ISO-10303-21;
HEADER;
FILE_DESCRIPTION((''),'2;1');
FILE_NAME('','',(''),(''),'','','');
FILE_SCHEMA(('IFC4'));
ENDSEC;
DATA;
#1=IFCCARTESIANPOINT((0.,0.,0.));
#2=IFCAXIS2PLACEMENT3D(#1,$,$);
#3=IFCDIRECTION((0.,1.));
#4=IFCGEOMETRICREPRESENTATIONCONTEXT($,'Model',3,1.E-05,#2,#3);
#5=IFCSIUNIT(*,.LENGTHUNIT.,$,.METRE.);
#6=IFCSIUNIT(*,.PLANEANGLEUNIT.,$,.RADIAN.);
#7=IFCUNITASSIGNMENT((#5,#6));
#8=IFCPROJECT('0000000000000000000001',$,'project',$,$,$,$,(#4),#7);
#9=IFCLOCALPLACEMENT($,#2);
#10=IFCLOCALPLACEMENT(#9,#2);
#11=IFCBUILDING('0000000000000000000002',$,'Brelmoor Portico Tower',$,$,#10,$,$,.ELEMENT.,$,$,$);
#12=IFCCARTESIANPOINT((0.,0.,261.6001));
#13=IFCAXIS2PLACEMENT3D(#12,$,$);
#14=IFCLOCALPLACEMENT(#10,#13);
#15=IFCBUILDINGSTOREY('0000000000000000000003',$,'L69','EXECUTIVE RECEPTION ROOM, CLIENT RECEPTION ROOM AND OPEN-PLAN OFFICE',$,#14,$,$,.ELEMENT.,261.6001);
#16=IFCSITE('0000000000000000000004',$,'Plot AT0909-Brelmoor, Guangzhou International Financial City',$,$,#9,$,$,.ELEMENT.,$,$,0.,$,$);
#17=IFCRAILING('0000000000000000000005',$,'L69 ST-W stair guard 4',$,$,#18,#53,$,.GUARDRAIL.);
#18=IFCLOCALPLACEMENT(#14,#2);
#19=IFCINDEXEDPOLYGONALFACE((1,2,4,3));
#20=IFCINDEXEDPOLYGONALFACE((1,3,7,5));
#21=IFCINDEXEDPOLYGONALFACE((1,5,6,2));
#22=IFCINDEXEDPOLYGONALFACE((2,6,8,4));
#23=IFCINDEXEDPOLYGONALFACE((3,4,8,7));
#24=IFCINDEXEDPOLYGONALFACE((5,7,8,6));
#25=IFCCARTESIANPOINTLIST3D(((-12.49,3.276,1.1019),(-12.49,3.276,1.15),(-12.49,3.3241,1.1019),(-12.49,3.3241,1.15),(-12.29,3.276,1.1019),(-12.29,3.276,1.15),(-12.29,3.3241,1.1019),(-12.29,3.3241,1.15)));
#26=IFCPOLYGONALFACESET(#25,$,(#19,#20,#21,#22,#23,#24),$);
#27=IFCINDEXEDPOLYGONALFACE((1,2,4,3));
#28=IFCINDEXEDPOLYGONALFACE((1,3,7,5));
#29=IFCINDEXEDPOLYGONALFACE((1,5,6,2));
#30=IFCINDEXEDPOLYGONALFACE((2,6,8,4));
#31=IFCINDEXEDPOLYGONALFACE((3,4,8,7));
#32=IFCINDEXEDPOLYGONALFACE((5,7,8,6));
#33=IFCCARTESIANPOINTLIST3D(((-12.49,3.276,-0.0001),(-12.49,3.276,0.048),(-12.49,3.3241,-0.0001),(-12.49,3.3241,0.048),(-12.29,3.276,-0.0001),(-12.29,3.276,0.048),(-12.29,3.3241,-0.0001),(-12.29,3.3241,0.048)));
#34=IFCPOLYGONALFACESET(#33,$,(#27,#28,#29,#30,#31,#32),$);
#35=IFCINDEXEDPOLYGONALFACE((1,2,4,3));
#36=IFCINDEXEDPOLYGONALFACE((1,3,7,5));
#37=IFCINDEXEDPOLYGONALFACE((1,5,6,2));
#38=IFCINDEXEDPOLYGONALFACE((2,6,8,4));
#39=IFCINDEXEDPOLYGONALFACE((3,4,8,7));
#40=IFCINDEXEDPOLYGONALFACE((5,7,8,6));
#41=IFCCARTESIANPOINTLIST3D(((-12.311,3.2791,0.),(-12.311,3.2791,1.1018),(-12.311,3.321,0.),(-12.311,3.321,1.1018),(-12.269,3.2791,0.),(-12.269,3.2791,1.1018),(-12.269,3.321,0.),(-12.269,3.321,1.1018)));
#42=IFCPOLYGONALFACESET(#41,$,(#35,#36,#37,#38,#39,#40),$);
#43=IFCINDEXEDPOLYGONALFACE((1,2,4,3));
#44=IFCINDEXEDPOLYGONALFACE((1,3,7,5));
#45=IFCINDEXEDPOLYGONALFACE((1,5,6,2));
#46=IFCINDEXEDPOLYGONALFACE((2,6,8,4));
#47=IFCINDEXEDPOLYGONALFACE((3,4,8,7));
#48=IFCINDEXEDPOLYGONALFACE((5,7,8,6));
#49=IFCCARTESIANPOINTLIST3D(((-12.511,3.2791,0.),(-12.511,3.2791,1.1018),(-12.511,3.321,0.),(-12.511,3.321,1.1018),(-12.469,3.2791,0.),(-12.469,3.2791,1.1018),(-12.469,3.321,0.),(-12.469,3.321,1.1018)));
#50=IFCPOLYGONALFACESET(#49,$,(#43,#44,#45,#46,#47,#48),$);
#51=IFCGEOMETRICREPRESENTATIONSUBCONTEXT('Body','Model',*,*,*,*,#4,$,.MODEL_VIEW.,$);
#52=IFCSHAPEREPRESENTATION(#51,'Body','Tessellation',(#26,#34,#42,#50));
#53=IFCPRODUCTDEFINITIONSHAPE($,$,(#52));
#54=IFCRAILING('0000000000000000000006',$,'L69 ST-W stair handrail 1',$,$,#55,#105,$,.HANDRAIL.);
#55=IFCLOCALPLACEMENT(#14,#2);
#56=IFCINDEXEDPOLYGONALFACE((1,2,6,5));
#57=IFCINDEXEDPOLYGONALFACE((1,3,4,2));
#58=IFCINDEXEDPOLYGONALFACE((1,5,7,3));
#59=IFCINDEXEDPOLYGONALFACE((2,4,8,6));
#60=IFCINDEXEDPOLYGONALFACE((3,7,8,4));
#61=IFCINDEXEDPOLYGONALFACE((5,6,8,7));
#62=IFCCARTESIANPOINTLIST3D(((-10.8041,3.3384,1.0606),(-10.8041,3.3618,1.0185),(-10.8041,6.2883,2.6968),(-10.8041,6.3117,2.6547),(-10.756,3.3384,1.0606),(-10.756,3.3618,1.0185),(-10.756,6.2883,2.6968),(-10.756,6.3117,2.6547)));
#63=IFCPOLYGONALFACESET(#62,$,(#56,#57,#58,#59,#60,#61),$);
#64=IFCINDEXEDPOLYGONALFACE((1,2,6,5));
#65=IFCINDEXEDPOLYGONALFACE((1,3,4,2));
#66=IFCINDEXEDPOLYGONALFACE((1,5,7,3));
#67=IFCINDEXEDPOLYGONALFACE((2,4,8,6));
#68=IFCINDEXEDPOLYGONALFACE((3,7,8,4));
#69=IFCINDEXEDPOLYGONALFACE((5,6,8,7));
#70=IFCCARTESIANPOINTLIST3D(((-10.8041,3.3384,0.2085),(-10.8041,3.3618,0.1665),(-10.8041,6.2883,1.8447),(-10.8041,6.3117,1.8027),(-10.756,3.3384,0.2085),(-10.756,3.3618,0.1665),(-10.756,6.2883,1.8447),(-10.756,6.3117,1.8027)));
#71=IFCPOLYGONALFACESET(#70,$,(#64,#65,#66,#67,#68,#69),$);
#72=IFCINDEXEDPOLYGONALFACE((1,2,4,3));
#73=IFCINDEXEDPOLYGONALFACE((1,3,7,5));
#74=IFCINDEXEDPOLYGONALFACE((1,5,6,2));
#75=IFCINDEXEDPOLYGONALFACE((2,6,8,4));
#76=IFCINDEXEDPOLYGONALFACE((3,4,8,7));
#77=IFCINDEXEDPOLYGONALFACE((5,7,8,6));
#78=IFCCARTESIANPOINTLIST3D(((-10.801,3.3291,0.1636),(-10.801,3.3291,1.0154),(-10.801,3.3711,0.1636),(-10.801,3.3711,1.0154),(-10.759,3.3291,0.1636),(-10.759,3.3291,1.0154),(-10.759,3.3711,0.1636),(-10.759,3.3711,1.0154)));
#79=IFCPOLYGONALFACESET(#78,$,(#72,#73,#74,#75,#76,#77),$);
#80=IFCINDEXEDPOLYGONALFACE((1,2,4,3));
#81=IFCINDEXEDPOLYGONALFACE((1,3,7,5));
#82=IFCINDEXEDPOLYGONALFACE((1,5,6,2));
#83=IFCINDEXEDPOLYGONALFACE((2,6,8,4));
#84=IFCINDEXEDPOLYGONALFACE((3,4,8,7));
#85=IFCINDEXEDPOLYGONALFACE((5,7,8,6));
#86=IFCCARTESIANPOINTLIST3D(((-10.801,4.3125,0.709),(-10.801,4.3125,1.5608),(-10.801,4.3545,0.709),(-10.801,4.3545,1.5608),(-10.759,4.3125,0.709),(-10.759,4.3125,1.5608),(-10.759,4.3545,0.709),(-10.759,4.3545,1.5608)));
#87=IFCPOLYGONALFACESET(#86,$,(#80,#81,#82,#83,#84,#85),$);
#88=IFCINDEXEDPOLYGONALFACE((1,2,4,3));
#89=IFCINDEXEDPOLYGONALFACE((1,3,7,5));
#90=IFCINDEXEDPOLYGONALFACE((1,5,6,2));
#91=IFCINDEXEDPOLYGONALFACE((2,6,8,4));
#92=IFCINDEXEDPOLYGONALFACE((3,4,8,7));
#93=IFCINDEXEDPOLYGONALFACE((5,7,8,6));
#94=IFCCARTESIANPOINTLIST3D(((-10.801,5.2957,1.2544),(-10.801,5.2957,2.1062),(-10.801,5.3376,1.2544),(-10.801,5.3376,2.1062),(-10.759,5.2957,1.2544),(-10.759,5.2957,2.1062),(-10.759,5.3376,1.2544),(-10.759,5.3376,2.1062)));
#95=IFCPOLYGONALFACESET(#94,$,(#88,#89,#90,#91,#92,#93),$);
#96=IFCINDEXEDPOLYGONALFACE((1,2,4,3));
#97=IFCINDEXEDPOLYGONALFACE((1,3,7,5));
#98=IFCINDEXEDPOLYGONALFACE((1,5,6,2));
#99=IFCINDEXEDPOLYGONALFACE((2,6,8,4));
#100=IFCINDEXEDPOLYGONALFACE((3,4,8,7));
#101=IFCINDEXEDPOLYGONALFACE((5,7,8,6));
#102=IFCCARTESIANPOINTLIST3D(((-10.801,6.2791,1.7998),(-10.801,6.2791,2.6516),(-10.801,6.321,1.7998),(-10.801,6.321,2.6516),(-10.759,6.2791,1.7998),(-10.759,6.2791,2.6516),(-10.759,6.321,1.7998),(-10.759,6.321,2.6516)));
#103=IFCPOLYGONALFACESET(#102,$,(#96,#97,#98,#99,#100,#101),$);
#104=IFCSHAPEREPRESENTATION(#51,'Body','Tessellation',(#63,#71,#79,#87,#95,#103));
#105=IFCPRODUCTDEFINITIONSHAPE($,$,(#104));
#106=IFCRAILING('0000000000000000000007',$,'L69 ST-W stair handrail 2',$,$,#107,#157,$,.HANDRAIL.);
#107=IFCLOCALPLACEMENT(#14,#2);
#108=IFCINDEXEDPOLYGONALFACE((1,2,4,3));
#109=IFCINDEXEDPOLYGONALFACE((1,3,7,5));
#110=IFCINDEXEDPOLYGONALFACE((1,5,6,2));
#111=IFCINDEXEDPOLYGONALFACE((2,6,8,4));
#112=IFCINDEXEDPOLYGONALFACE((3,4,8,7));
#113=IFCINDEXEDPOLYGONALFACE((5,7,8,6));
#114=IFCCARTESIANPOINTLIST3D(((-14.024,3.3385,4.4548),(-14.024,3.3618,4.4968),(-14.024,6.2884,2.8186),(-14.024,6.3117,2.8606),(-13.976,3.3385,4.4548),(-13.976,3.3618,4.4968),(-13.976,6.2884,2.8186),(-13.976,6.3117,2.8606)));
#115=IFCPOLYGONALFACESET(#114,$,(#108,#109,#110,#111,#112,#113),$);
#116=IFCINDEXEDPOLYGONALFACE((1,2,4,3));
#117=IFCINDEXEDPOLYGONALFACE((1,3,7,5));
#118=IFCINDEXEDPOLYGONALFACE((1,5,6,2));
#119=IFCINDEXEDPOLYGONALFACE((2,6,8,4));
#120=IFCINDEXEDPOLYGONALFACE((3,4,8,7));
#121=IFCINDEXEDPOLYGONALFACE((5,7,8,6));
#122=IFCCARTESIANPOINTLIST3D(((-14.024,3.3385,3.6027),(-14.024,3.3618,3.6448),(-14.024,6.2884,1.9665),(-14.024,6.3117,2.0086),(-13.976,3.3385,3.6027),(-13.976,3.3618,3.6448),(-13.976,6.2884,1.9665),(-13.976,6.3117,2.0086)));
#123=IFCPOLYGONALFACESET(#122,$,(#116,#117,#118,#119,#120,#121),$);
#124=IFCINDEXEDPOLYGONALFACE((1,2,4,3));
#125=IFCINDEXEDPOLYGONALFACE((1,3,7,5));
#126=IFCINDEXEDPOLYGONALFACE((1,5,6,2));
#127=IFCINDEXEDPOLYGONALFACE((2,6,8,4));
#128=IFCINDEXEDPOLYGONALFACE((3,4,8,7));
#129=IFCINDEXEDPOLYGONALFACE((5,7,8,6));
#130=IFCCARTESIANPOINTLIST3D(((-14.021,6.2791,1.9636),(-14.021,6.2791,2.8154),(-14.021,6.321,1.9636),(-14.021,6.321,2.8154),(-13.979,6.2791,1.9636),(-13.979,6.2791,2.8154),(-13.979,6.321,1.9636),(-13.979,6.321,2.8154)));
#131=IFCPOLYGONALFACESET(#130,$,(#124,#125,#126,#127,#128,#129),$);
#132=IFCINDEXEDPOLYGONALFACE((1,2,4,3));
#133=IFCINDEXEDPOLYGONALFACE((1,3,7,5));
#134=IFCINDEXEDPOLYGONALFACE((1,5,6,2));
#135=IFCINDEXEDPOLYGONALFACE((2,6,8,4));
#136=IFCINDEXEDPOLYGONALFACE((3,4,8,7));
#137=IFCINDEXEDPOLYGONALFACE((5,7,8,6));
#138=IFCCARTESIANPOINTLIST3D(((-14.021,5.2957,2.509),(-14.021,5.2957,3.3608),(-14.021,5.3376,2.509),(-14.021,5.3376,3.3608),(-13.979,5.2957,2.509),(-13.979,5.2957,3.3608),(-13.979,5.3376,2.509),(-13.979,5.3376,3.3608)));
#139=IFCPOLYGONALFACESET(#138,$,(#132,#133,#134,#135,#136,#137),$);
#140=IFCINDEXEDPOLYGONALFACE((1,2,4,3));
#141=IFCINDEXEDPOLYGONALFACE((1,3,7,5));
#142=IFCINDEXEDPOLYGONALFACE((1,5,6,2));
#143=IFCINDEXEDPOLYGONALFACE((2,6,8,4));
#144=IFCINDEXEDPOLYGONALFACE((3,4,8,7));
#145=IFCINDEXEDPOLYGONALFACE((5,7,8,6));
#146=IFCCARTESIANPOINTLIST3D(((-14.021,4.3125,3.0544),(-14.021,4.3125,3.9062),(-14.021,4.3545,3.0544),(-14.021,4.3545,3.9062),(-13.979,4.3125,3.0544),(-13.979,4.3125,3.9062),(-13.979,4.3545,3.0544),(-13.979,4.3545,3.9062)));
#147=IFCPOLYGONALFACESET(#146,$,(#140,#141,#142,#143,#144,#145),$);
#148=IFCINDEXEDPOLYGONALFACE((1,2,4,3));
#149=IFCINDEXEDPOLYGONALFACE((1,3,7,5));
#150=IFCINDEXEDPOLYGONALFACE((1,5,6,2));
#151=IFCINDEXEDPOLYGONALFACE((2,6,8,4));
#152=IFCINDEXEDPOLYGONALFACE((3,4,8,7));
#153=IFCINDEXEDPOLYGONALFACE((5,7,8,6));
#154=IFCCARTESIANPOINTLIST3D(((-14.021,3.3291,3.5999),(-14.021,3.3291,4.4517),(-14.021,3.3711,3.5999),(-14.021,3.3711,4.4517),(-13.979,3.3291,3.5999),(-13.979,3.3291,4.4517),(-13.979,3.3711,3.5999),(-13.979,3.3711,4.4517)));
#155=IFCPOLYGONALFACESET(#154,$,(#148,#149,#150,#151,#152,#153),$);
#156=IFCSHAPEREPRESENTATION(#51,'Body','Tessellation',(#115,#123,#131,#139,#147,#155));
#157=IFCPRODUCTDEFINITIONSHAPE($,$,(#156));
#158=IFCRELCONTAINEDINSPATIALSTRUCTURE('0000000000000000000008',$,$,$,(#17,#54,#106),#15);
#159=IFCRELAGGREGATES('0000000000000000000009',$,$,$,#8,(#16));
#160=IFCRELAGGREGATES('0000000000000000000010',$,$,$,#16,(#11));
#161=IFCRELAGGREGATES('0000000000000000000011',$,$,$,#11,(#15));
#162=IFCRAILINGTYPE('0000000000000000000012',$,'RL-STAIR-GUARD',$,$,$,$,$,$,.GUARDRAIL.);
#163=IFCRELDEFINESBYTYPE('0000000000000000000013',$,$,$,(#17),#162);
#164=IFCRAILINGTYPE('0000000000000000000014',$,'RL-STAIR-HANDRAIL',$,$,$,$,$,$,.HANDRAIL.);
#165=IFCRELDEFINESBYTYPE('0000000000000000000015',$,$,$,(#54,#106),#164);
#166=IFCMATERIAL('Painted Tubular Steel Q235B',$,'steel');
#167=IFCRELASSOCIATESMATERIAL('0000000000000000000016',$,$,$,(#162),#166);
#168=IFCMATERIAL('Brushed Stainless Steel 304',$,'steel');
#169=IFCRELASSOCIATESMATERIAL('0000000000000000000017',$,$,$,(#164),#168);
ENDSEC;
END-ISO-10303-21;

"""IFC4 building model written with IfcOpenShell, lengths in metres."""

from ifc_helpers import new_model, si_unit, direction, frame, origin, origin_2d, place, context, subcontext, project, spatial, rectangle, extrude, material, type_object, element, save


model = new_model("IFC4")

# Units and contexts
model_context = context("Model", 3, precision=1e-05, world=origin(), true_north=direction((0.0, 1.0)))
body_context = subcontext(model_context, "Body", "Model", "MODEL_VIEW")
ifc_project = project(units=[si_unit("LENGTHUNIT", "METRE"), si_unit("PLANEANGLEUNIT", "RADIAN")], contexts=[model_context])

# Site, building, storey
site_placement = place(None, origin())
site = spatial("IfcSite", under=ifc_project, at=site_placement, Name="Plot AT0909-Brelmoor, Guangzhou International Financial City", CompositionType="ELEMENT", RefElevation=0.0)
building_placement = place(site_placement, origin())
building = spatial("IfcBuilding", under=site, at=building_placement, Name="Brelmoor Portico Tower", CompositionType="ELEMENT")
storey_placement = place(building_placement, frame((0.0, 0.0, 261.6001)))
storey = spatial("IfcBuildingStorey", under=building, at=storey_placement, Name="L69", Description="EXECUTIVE RECEPTION ROOM, CLIENT RECEPTION ROOM AND OPEN-PLAN OFFICE", CompositionType="ELEMENT", Elevation=261.6001)

# Railings
ifc_material_1 = material(Name="Painted Tubular Steel Q235B", Category="steel")
railing_type_1 = type_object("IfcRailingType", Name="RL-STAIR-GUARD", PredefinedType="GUARDRAIL", material=ifc_material_1)
railing_1_placement = place(storey_placement, frame((-12.29, 3.3, 0.0)))
element("IfcRailing", 1, at=railing_1_placement, inside=storey, type_object=railing_type_1, Name="L69 ST-W stair guard 4", PredefinedType="GUARDRAIL", context=body_context, shape_type="SweptSolid", body=[
    extrude(rectangle(XDim=0.0481, YDim=0.0481, at=origin_2d()), frame((0.0, 0.0, 1.126), z_axis=(-1.0, 0.0, 0.0), x_axis=(0.0, -1.0, 0.0)), (0.0, 0.0, 1.0), 0.2),
    extrude(rectangle(XDim=0.0481, YDim=0.0481, at=origin_2d()), frame((0.0, 0.0, 0.0239), z_axis=(-1.0, 0.0, 0.0), x_axis=(0.0, -1.0, 0.0)), (0.0, 0.0, 1.0), 0.2),
    extrude(rectangle(XDim=0.042, YDim=0.042, at=origin_2d()), origin(), (0.0, 0.0, 1.0), 1.1018),
    extrude(rectangle(XDim=0.042, YDim=0.042, at=origin_2d()), frame((-0.2, 0.0, 0.0)), (0.0, 0.0, 1.0), 1.1018),
])
ifc_material_2 = material(Name="Brushed Stainless Steel 304", Category="steel")
railing_type_2 = type_object("IfcRailingType", Name="RL-STAIR-HANDRAIL", PredefinedType="HANDRAIL", material=ifc_material_2)
railing_2_placement = place(storey_placement, frame((-10.78, 3.3501, 0.1636)))
element("IfcRailing", 2, at=railing_2_placement, inside=storey, type_object=railing_type_2, Name="L69 ST-W stair handrail 1", PredefinedType="HANDRAIL", context=body_context, shape_type="SweptSolid", body=[
    extrude(rectangle(XDim=0.0481, YDim=0.0481, at=origin_2d()), frame((0.0, 0.0, 0.876), z_axis=(0.0, 0.874488, 0.485047), x_axis=(-1.0, 0.0, 0.0)), (0.0, 0.0, 1.0), 3.3733),
    extrude(rectangle(XDim=0.0481, YDim=0.0481, at=origin_2d()), frame((0.0, 0.0, 0.0239), z_axis=(0.0, 0.874488, 0.485047), x_axis=(-1.0, 0.0, 0.0)), (0.0, 0.0, 1.0), 3.3733),
    extrude(rectangle(XDim=0.042, YDim=0.042, at=origin_2d()), origin(), (0.0, 0.0, 1.0), 0.8518),
    extrude(rectangle(XDim=0.042, YDim=0.042, at=origin_2d()), frame((0.0, 0.9834, 0.5454)), (0.0, 0.0, 1.0), 0.8518),
    extrude(rectangle(XDim=0.042, YDim=0.042, at=origin_2d()), frame((0.0, 1.9666, 1.0908)), (0.0, 0.0, 1.0), 0.8518),
    extrude(rectangle(XDim=0.042, YDim=0.042, at=origin_2d()), frame((0.0, 2.95, 1.6362)), (0.0, 0.0, 1.0), 0.8518),
])
railing_3_placement = place(storey_placement, frame((-14.0, 6.3, 1.9636)))
element("IfcRailing", 3, at=railing_3_placement, inside=storey, type_object=railing_type_2, Name="L69 ST-W stair handrail 2", PredefinedType="HANDRAIL", context=body_context, shape_type="SweptSolid", body=[
    extrude(rectangle(XDim=0.0481, YDim=0.0481, at=origin_2d()), frame((0.0, 0.0, 0.876), z_axis=(0.0, -0.874488, 0.485047), x_axis=(1.0, 0.0, 0.0)), (0.0, 0.0, 1.0), 3.3733),
    extrude(rectangle(XDim=0.0481, YDim=0.0481, at=origin_2d()), frame((0.0, 0.0, 0.0239), z_axis=(0.0, -0.874488, 0.485047), x_axis=(1.0, 0.0, 0.0)), (0.0, 0.0, 1.0), 3.3733),
    extrude(rectangle(XDim=0.042, YDim=0.042, at=origin_2d()), origin(), (0.0, 0.0, 1.0), 0.8518),
    extrude(rectangle(XDim=0.042, YDim=0.042, at=origin_2d()), frame((0.0, -0.9834, 0.5454)), (0.0, 0.0, 1.0), 0.8518),
    extrude(rectangle(XDim=0.042, YDim=0.042, at=origin_2d()), frame((0.0, -1.9666, 1.0908)), (0.0, 0.0, 1.0), 0.8518),
    extrude(rectangle(XDim=0.042, YDim=0.042, at=origin_2d()), frame((0.0, -2.95, 1.6362)), (0.0, 0.0, 1.0), 0.8518),
])

save(model, "model.ifc")
